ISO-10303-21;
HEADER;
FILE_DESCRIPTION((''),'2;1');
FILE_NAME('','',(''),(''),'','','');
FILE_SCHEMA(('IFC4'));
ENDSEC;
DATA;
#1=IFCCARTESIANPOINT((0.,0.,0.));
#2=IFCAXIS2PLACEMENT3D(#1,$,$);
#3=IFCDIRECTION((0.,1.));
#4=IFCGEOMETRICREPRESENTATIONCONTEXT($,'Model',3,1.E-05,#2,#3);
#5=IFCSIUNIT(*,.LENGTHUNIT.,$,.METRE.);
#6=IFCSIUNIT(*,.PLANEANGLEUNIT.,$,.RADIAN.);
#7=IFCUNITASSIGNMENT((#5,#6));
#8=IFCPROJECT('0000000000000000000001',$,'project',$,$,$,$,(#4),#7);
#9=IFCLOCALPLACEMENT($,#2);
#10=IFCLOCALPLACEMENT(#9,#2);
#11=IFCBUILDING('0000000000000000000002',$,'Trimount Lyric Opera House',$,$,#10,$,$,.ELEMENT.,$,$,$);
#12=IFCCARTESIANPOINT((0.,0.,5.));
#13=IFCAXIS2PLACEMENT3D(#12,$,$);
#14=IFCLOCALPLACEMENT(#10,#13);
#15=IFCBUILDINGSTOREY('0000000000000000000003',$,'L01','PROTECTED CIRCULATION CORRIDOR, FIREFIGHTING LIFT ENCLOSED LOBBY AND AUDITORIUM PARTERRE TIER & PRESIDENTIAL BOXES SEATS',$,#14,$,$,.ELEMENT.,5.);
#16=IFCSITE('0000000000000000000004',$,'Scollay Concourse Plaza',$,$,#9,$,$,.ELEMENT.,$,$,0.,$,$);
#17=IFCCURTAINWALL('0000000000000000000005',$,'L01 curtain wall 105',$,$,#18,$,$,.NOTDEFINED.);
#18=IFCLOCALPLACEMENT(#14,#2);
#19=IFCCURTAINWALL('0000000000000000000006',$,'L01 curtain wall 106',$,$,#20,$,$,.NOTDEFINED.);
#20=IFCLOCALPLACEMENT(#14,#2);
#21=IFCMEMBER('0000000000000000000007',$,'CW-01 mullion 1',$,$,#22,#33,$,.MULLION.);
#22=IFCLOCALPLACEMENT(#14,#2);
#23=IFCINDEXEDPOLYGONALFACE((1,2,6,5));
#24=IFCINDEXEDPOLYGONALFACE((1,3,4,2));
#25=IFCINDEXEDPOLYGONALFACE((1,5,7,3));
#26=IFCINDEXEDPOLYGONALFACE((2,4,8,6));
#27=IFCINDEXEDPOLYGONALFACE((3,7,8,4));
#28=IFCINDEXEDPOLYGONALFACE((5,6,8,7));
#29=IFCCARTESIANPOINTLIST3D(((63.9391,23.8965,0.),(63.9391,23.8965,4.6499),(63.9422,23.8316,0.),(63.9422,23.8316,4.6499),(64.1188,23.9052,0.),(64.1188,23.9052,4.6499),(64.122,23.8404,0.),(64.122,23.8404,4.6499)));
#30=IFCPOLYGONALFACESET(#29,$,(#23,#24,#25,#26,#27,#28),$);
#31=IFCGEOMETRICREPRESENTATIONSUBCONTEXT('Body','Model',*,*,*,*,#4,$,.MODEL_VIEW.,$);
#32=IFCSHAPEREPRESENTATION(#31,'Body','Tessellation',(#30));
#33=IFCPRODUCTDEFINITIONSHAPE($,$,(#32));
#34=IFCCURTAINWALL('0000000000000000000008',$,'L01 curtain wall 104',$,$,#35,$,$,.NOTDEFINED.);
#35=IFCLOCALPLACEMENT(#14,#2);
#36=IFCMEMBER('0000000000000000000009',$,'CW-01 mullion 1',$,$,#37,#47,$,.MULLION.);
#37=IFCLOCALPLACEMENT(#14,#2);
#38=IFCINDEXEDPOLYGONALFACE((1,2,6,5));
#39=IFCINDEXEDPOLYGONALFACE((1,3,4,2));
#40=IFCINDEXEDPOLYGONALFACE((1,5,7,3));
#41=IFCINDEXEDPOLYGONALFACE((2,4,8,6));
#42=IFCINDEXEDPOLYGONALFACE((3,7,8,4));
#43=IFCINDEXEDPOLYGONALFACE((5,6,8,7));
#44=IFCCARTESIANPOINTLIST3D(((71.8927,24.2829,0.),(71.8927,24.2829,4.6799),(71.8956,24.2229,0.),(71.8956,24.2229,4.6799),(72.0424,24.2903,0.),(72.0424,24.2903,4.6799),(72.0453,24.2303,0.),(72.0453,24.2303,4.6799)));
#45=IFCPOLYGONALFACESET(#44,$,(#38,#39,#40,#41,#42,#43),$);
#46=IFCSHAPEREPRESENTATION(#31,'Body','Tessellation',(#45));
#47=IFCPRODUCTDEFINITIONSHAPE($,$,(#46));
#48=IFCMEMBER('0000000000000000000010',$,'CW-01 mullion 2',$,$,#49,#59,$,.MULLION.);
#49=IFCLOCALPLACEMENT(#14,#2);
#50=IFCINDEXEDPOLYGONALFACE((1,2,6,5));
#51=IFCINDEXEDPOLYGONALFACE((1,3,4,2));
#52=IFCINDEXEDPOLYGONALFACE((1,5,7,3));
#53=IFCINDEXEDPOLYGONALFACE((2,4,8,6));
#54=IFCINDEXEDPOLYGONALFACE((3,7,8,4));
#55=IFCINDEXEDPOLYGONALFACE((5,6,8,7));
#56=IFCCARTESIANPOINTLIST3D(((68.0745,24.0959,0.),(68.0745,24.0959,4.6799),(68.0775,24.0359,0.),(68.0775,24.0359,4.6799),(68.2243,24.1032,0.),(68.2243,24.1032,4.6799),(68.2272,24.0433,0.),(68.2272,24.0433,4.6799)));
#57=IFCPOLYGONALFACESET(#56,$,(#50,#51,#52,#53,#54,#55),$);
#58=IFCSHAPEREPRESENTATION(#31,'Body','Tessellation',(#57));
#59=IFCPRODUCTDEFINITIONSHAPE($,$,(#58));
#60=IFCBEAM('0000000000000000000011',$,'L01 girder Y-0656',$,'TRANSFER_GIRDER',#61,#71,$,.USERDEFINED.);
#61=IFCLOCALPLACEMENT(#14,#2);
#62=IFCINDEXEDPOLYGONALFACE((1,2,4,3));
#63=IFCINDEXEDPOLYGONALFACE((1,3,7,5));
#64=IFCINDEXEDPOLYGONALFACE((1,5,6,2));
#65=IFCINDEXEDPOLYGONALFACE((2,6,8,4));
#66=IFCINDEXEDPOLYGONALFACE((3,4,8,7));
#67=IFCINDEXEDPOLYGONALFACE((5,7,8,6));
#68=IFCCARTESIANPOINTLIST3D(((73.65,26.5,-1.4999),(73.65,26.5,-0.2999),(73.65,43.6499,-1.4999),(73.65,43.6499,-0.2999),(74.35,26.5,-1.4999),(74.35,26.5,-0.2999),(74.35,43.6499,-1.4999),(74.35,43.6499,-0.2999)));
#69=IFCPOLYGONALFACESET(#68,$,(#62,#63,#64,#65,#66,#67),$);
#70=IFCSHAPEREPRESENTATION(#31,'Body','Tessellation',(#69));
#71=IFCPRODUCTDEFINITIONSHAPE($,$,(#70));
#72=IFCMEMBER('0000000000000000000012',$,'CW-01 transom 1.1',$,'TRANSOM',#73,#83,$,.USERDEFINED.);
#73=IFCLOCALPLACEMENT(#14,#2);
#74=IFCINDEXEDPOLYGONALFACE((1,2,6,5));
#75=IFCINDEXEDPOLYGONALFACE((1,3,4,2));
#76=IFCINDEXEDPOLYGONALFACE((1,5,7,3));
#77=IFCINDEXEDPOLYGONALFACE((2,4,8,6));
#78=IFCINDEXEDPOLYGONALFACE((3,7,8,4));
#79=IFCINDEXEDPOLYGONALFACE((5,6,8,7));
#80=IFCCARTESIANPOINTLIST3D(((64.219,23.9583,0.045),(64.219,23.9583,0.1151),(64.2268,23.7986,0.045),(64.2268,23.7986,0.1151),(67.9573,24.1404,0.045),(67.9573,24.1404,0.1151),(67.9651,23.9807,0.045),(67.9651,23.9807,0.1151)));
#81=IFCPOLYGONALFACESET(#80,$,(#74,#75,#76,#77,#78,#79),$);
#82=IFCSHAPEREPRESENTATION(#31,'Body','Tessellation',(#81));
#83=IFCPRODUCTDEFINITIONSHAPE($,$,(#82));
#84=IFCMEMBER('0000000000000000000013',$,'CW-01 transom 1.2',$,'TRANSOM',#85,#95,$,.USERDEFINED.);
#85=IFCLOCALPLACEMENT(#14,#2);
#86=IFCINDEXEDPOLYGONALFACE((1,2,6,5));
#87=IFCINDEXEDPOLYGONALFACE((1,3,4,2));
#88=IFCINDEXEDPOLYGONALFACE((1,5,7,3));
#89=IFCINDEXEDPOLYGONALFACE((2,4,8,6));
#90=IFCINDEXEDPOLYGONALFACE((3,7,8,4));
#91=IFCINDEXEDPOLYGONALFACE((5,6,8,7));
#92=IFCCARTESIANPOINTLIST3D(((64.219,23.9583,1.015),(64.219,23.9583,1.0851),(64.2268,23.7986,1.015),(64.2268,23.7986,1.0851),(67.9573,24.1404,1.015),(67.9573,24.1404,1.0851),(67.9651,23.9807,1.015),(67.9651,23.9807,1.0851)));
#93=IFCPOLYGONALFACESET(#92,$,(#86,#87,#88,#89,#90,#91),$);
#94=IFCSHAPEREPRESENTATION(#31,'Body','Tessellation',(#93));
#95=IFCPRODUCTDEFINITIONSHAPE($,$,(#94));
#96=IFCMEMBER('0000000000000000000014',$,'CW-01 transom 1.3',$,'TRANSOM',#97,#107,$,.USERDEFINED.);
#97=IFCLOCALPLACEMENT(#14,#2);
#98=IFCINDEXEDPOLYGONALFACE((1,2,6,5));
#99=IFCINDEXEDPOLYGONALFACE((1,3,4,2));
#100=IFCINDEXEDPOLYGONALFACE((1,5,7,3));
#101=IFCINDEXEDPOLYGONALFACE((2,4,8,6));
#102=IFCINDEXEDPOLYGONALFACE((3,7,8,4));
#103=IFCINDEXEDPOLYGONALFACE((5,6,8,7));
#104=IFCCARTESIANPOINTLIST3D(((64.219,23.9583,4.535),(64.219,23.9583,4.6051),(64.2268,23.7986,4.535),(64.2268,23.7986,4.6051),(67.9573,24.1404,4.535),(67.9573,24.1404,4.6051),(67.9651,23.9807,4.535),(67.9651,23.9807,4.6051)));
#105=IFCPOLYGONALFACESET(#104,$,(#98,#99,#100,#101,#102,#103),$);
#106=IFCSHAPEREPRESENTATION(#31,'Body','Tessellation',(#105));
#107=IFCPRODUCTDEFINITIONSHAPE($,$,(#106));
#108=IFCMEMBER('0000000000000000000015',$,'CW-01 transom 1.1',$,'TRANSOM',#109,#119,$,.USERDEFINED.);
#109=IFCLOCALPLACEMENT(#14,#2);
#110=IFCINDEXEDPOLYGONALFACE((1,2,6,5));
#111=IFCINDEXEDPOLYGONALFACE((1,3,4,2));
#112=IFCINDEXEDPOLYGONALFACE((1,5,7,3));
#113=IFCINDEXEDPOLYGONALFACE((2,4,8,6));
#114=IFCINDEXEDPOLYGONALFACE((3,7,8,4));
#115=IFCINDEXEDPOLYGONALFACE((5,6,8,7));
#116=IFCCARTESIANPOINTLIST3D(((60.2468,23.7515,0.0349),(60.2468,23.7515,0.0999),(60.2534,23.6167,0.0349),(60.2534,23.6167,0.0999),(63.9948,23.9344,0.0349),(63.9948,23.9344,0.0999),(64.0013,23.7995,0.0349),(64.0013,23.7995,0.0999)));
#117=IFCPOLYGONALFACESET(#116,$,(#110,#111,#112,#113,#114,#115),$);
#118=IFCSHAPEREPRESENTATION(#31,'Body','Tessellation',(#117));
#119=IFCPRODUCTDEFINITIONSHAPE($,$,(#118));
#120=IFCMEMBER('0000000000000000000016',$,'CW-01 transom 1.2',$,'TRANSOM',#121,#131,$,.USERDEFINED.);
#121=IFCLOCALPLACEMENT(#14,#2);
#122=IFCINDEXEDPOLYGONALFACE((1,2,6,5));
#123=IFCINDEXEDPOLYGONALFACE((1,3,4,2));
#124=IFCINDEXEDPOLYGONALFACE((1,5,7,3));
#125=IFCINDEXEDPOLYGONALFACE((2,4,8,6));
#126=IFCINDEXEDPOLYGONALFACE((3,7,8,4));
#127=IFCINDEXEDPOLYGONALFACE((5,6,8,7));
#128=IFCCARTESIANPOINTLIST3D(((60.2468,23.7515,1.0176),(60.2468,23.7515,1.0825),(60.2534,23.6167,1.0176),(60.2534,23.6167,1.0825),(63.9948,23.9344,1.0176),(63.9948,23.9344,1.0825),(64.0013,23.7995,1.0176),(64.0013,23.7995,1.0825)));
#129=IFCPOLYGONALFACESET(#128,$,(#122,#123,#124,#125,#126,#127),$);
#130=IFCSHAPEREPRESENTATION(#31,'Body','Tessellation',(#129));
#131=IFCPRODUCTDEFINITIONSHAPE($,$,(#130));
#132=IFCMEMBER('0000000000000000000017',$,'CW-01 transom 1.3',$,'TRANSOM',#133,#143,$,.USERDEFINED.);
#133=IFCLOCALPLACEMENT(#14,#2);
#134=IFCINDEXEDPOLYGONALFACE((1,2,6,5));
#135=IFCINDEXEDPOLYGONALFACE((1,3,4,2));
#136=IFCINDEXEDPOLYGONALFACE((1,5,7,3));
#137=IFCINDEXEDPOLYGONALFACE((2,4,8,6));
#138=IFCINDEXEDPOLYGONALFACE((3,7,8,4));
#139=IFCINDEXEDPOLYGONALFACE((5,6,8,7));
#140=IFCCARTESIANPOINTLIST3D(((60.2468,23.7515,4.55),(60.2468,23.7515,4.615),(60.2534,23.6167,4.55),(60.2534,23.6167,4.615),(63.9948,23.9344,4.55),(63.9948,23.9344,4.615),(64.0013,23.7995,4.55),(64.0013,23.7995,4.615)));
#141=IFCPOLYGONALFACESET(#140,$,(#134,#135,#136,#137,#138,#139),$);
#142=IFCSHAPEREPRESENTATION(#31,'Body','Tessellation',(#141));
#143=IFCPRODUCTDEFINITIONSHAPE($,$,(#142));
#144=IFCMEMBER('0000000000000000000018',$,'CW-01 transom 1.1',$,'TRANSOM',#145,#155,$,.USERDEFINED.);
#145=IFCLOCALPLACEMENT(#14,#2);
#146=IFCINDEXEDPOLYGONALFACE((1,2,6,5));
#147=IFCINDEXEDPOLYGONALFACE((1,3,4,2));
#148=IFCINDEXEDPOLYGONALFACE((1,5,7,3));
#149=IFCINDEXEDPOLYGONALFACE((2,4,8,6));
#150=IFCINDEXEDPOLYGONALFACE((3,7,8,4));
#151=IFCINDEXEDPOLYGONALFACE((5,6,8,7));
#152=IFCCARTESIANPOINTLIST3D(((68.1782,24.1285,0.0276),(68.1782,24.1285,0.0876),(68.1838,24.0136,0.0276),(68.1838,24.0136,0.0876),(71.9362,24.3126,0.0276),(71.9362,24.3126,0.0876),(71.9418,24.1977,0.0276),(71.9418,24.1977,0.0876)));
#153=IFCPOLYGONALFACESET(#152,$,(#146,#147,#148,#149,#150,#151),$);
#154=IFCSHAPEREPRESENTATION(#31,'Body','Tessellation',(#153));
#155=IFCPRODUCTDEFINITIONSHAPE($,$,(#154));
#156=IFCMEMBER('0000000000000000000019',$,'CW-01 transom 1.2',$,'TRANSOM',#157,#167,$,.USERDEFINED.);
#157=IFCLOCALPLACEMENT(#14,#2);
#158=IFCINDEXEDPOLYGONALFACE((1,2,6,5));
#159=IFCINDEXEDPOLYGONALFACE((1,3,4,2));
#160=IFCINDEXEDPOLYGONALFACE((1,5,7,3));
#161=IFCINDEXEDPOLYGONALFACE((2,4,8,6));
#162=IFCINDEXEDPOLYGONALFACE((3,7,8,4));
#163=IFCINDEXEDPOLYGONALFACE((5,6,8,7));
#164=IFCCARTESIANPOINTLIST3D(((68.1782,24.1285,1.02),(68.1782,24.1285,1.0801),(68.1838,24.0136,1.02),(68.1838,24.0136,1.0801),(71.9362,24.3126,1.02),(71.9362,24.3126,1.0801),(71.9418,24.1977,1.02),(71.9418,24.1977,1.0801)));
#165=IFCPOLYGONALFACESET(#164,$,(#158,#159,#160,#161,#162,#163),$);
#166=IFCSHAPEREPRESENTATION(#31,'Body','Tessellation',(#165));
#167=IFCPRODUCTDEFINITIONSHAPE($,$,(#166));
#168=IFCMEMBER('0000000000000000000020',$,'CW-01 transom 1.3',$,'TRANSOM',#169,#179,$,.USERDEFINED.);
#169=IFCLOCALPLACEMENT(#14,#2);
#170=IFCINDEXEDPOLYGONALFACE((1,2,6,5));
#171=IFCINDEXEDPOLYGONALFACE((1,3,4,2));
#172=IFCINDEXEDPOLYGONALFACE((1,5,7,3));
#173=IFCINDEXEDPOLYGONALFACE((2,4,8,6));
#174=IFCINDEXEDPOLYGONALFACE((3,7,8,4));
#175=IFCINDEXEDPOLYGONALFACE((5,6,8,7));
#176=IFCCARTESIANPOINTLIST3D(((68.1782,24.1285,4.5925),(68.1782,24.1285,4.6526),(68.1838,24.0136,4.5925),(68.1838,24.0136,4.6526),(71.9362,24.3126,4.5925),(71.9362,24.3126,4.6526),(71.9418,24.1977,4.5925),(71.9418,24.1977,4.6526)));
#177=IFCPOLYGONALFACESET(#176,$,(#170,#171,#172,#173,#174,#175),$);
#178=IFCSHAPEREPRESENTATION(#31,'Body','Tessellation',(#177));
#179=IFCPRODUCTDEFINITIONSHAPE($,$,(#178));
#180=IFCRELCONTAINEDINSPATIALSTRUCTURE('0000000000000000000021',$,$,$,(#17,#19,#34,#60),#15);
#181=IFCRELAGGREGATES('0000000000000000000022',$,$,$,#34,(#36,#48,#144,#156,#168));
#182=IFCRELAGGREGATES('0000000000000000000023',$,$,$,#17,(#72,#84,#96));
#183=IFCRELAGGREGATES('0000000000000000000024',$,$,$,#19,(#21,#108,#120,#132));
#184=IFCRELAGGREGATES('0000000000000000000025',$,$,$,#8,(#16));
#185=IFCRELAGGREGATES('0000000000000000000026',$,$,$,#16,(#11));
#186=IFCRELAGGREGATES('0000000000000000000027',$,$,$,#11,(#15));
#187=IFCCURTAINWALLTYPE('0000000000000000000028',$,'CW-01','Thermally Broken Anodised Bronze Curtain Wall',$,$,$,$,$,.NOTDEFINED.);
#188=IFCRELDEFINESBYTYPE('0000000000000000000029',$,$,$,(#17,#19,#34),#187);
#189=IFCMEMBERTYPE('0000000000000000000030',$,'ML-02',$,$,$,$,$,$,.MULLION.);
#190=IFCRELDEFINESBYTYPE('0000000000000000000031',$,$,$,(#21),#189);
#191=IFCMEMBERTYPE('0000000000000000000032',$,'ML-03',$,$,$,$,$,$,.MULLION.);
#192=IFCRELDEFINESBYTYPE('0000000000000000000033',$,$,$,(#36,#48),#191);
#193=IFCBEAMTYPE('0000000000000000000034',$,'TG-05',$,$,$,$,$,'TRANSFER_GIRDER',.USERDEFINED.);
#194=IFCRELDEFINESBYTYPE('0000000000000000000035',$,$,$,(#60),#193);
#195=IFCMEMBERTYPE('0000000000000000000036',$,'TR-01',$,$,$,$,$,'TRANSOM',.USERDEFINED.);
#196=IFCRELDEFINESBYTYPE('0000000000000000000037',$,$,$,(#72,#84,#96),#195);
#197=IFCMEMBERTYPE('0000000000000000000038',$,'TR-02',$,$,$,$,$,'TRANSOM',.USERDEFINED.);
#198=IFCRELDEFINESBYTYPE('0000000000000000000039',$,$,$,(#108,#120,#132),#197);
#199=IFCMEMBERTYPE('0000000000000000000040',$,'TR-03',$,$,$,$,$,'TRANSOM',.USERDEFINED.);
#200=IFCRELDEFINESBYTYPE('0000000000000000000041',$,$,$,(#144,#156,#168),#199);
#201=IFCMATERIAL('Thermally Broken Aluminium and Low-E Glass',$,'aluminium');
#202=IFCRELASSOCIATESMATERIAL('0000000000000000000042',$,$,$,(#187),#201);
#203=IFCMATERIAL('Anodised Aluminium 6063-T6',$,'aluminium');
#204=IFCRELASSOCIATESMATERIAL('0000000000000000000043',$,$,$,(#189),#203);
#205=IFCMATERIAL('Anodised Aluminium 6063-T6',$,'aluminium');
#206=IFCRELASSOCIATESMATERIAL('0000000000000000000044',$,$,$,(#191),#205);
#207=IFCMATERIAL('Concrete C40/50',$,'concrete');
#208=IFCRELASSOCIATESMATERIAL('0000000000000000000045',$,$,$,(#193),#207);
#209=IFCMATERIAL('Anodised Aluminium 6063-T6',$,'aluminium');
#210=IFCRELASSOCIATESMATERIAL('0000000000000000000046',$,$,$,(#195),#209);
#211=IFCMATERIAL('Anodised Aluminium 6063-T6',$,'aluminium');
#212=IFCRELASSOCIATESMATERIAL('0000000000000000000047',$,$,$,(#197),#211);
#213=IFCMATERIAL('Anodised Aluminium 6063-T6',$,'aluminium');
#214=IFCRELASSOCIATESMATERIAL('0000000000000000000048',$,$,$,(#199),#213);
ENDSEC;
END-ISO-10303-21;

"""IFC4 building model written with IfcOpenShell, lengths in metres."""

from ifc_helpers import new_model, si_unit, direction, frame, origin, origin_2d, place, context, subcontext, project, spatial, rectangle, extrude, material, material_profile, profile_set, type_object, element, aggregate, save


model = new_model("IFC4")

# Units and contexts
model_context = context("Model", 3, precision=1e-05, world=origin(), true_north=direction((0.0, 1.0)))
body_context = subcontext(model_context, "Body", "Model", "MODEL_VIEW")
ifc_project = project(units=[si_unit("LENGTHUNIT", "METRE"), si_unit("PLANEANGLEUNIT", "RADIAN")], contexts=[model_context])

# Site, building, storey
site_placement = place(None, origin())
site = spatial("IfcSite", under=ifc_project, at=site_placement, Name="Scollay Concourse Plaza", CompositionType="ELEMENT", RefElevation=0.0)
building_placement = place(site_placement, origin())
building = spatial("IfcBuilding", under=site, at=building_placement, Name="Trimount Lyric Opera House", CompositionType="ELEMENT")
storey_placement = place(building_placement, frame((0.0, 0.0, 5.0)))
storey = spatial("IfcBuildingStorey", under=building, at=storey_placement, Name="L01", Description="PROTECTED CIRCULATION CORRIDOR, FIREFIGHTING LIFT ENCLOSED LOBBY AND AUDITORIUM PARTERRE TIER & PRESIDENTIAL BOXES SEATS", CompositionType="ELEMENT", Elevation=5.0)

# Curtain wall
ifc_material_1 = material(Name="Thermally Broken Aluminium and Low-E Glass", Category="aluminium")
curtain_wall_type = type_object("IfcCurtainWallType", Name="CW-01", Description="Thermally Broken Anodised Bronze Curtain Wall", PredefinedType="NOTDEFINED", material=ifc_material_1)
curtain_wall_1_placement = place(storey_placement, origin())
curtain_wall_1 = element("IfcCurtainWall", 1, at=curtain_wall_1_placement, inside=storey, type_object=curtain_wall_type, Name="L01 curtain wall 105", PredefinedType="NOTDEFINED")

# Curtain wall, member
ifc_material_2 = material(Name="Anodised Aluminium 6063-T6", Category="aluminium")
ifc_material_profile_1 = material_profile(ifc_material_2, rectangle(XDim=0.0649, YDim=0.1799, at=origin_2d()), Name="ALU-MULL-65X180")
ifc_profile_set_1 = profile_set([ifc_material_profile_1], Name="Anodised Aluminium 6063-T6")
member_type_1 = type_object("IfcMemberType", Name="ML-02", PredefinedType="MULLION", material=ifc_profile_set_1)
curtain_wall_2_placement = place(storey_placement, origin())
curtain_wall_2 = element("IfcCurtainWall", 2, at=curtain_wall_2_placement, inside=storey, type_object=curtain_wall_type, Name="L01 curtain wall 106", PredefinedType="NOTDEFINED")
member_1_placement = place(storey_placement, frame((64.0305, 23.8684, 0.0), z_axis=(0.0, 0.0, 1.0), x_axis=(0.048679, -0.998814, 0.0)))
member_1 = element("IfcMember", 3, at=member_1_placement, type_object=member_type_1, Name="CW-01 mullion 1", PredefinedType="MULLION", context=body_context, shape_type="SweptSolid", body=[
    extrude(rectangle(XDim=0.0649, YDim=0.1799, at=origin_2d()), origin(), (0.0, 0.0, 1.0), 4.6499),
])

# Curtain wall, members
curtain_wall_3_placement = place(storey_placement, origin())
curtain_wall_3 = element("IfcCurtainWall", 4, at=curtain_wall_3_placement, inside=storey, type_object=curtain_wall_type, Name="L01 curtain wall 104", PredefinedType="NOTDEFINED")
ifc_material_3 = material(Name="Anodised Aluminium 6063-T6", Category="aluminium")
ifc_material_profile_2 = material_profile(ifc_material_3, rectangle(XDim=0.0601, YDim=0.1499, at=origin_2d()), Name="ALU-MULL-60X150")
ifc_profile_set_2 = profile_set([ifc_material_profile_2], Name="Anodised Aluminium 6063-T6")
member_type_2 = type_object("IfcMemberType", Name="ML-03", PredefinedType="MULLION", material=ifc_profile_set_2)
member_2_placement = place(storey_placement, frame((71.969, 24.2566, 0.0), z_axis=(0.0, 0.0, 1.0), x_axis=(0.048936, -0.998802, 0.0)))
member_2 = element("IfcMember", 5, at=member_2_placement, type_object=member_type_2, Name="CW-01 mullion 1", PredefinedType="MULLION", context=body_context, shape_type="SweptSolid", body=[
    extrude(rectangle(XDim=0.0601, YDim=0.1499, at=origin_2d()), origin(), (0.0, 0.0, 1.0), 4.6799),
])
member_3_placement = place(storey_placement, frame((68.1509, 24.0696, 0.0), z_axis=(0.0, 0.0, 1.0), x_axis=(0.048936, -0.998802, 0.0)))
member_3 = element("IfcMember", 6, at=member_3_placement, type_object=member_type_2, Name="CW-01 mullion 2", PredefinedType="MULLION", context=body_context, shape_type="SweptSolid", body=[
    extrude(rectangle(XDim=0.0601, YDim=0.1499, at=origin_2d()), origin(), (0.0, 0.0, 1.0), 4.6799),
])

# Beam
ifc_material_4 = material(Name="Concrete C40/50", Category="concrete")
ifc_material_profile_3 = material_profile(ifc_material_4, rectangle(XDim=0.7, YDim=1.2, at=origin_2d()), Name="RC700X1200")
ifc_profile_set_3 = profile_set([ifc_material_profile_3], Name="Concrete C40/50")
beam_type_1 = type_object("IfcBeamType", Name="TG-05", ElementType="TRANSFER_GIRDER", PredefinedType="USERDEFINED", material=ifc_profile_set_3)
beam_1_placement = place(storey_placement, frame((74.0, 26.5, -0.8999), z_axis=(0.0, 1.0, 0.0), x_axis=(-1.0, 0.0, 0.0)))
element("IfcBeam", 7, at=beam_1_placement, inside=storey, type_object=beam_type_1, Name="L01 girder Y-0656", ObjectType="TRANSFER_GIRDER", PredefinedType="USERDEFINED", context=body_context, shape_type="SweptSolid", body=[
    extrude(rectangle(XDim=0.7, YDim=1.2, at=origin_2d()), origin(), (0.0, 0.0, 1.0), 17.1499),
])

# Members
ifc_material_5 = material(Name="Anodised Aluminium 6063-T6", Category="aluminium")
ifc_material_profile_4 = material_profile(ifc_material_5, rectangle(XDim=0.1599, YDim=0.0701, at=origin_2d()), Name="ALU-TRAN-70X160")
ifc_profile_set_4 = profile_set([ifc_material_profile_4], Name="Anodised Aluminium 6063-T6")
member_type_3 = type_object("IfcMemberType", Name="TR-01", ElementType="TRANSOM", PredefinedType="USERDEFINED", material=ifc_profile_set_4)
member_4_placement = place(storey_placement, frame((67.9612, 24.0605, 0.0801), z_axis=(-0.998815, -0.048662, 0.0), x_axis=(0.048662, -0.998815, 0.0)))
member_4 = element("IfcMember", 8, at=member_4_placement, type_object=member_type_3, Name="CW-01 transom 1.1", ObjectType="TRANSOM", PredefinedType="USERDEFINED", context=body_context, shape_type="SweptSolid", body=[
    extrude(rectangle(XDim=0.1599, YDim=0.0701, at=origin_2d()), origin(), (0.0, 0.0, 1.0), 3.7427),
])
member_5_placement = place(storey_placement, frame((67.9612, 24.0605, 1.05), z_axis=(-0.998815, -0.048662, 0.0), x_axis=(0.048662, -0.998815, 0.0)))
member_5 = element("IfcMember", 9, at=member_5_placement, type_object=member_type_3, Name="CW-01 transom 1.2", ObjectType="TRANSOM", PredefinedType="USERDEFINED", context=body_context, shape_type="SweptSolid", body=[
    extrude(rectangle(XDim=0.1599, YDim=0.0701, at=origin_2d()), origin(), (0.0, 0.0, 1.0), 3.7427),
])
member_6_placement = place(storey_placement, frame((67.9612, 24.0605, 4.5701), z_axis=(-0.998815, -0.048662, 0.0), x_axis=(0.048662, -0.998815, 0.0)))
member_6 = element("IfcMember", 10, at=member_6_placement, type_object=member_type_3, Name="CW-01 transom 1.3", ObjectType="TRANSOM", PredefinedType="USERDEFINED", context=body_context, shape_type="SweptSolid", body=[
    extrude(rectangle(XDim=0.1599, YDim=0.0701, at=origin_2d()), origin(), (0.0, 0.0, 1.0), 3.7427),
])
ifc_material_6 = material(Name="Anodised Aluminium 6063-T6", Category="aluminium")
ifc_material_profile_5 = material_profile(ifc_material_6, rectangle(XDim=0.135, YDim=0.0649, at=origin_2d()), Name="ALU-TRAN-65X135")
ifc_profile_set_5 = profile_set([ifc_material_profile_5], Name="Anodised Aluminium 6063-T6")
member_type_4 = type_object("IfcMemberType", Name="TR-02", ElementType="TRANSOM", PredefinedType="USERDEFINED", material=ifc_profile_set_5)
member_7_placement = place(storey_placement, frame((63.998, 23.8669, 0.0674), z_axis=(-0.998812, -0.04873, 0.0), x_axis=(0.04873, -0.998812, 0.0)))
member_7 = element("IfcMember", 11, at=member_7_placement, type_object=member_type_4, Name="CW-01 transom 1.1", ObjectType="TRANSOM", PredefinedType="USERDEFINED", context=body_context, shape_type="SweptSolid", body=[
    extrude(rectangle(XDim=0.135, YDim=0.0649, at=origin_2d()), origin(), (0.0, 0.0, 1.0), 3.7524),
])
member_8_placement = place(storey_placement, frame((63.998, 23.8669, 1.05), z_axis=(-0.998812, -0.04873, 0.0), x_axis=(0.04873, -0.998812, 0.0)))
member_8 = element("IfcMember", 12, at=member_8_placement, type_object=member_type_4, Name="CW-01 transom 1.2", ObjectType="TRANSOM", PredefinedType="USERDEFINED", context=body_context, shape_type="SweptSolid", body=[
    extrude(rectangle(XDim=0.135, YDim=0.0649, at=origin_2d()), origin(), (0.0, 0.0, 1.0), 3.7524),
])
member_9_placement = place(storey_placement, frame((63.998, 23.8669, 4.5825), z_axis=(-0.998812, -0.04873, 0.0), x_axis=(0.04873, -0.998812, 0.0)))
member_9 = element("IfcMember", 13, at=member_9_placement, type_object=member_type_4, Name="CW-01 transom 1.3", ObjectType="TRANSOM", PredefinedType="USERDEFINED", context=body_context, shape_type="SweptSolid", body=[
    extrude(rectangle(XDim=0.135, YDim=0.0649, at=origin_2d()), origin(), (0.0, 0.0, 1.0), 3.7524),
])
ifc_material_7 = material(Name="Anodised Aluminium 6063-T6", Category="aluminium")
ifc_material_profile_6 = material_profile(ifc_material_7, rectangle(XDim=0.115, YDim=0.0601, at=origin_2d()), Name="ALU-TRAN-60X115")
ifc_profile_set_6 = profile_set([ifc_material_profile_6], Name="Anodised Aluminium 6063-T6")
member_type_5 = type_object("IfcMemberType", Name="TR-03", ElementType="TRANSOM", PredefinedType="USERDEFINED", material=ifc_profile_set_6)
member_10_placement = place(storey_placement, frame((71.939, 24.2551, 0.0576), z_axis=(-0.998802, -0.048925, 0.0), x_axis=(0.048925, -0.998802, 0.0)))
member_10 = element("IfcMember", 14, at=member_10_placement, type_object=member_type_5, Name="CW-01 transom 1.1", ObjectType="TRANSOM", PredefinedType="USERDEFINED", context=body_context, shape_type="SweptSolid", body=[
    extrude(rectangle(XDim=0.115, YDim=0.0601, at=origin_2d()), origin(), (0.0, 0.0, 1.0), 3.7625),
])
member_11_placement = place(storey_placement, frame((71.939, 24.2551, 1.05), z_axis=(-0.998802, -0.048925, 0.0), x_axis=(0.048925, -0.998802, 0.0)))
member_11 = element("IfcMember", 15, at=member_11_placement, type_object=member_type_5, Name="CW-01 transom 1.2", ObjectType="TRANSOM", PredefinedType="USERDEFINED", context=body_context, shape_type="SweptSolid", body=[
    extrude(rectangle(XDim=0.115, YDim=0.0601, at=origin_2d()), origin(), (0.0, 0.0, 1.0), 3.7625),
])
member_12_placement = place(storey_placement, frame((71.939, 24.2551, 4.6226), z_axis=(-0.998802, -0.048925, 0.0), x_axis=(0.048925, -0.998802, 0.0)))
member_12 = element("IfcMember", 16, at=member_12_placement, type_object=member_type_5, Name="CW-01 transom 1.3", ObjectType="TRANSOM", PredefinedType="USERDEFINED", context=body_context, shape_type="SweptSolid", body=[
    extrude(rectangle(XDim=0.115, YDim=0.0601, at=origin_2d()), origin(), (0.0, 0.0, 1.0), 3.7625),
])

aggregate(curtain_wall_3, [member_2, member_3, member_10, member_11, member_12])
aggregate(curtain_wall_1, [member_4, member_5, member_6])
aggregate(curtain_wall_2, [member_1, member_7, member_8, member_9])

save(model, "model.ifc")
